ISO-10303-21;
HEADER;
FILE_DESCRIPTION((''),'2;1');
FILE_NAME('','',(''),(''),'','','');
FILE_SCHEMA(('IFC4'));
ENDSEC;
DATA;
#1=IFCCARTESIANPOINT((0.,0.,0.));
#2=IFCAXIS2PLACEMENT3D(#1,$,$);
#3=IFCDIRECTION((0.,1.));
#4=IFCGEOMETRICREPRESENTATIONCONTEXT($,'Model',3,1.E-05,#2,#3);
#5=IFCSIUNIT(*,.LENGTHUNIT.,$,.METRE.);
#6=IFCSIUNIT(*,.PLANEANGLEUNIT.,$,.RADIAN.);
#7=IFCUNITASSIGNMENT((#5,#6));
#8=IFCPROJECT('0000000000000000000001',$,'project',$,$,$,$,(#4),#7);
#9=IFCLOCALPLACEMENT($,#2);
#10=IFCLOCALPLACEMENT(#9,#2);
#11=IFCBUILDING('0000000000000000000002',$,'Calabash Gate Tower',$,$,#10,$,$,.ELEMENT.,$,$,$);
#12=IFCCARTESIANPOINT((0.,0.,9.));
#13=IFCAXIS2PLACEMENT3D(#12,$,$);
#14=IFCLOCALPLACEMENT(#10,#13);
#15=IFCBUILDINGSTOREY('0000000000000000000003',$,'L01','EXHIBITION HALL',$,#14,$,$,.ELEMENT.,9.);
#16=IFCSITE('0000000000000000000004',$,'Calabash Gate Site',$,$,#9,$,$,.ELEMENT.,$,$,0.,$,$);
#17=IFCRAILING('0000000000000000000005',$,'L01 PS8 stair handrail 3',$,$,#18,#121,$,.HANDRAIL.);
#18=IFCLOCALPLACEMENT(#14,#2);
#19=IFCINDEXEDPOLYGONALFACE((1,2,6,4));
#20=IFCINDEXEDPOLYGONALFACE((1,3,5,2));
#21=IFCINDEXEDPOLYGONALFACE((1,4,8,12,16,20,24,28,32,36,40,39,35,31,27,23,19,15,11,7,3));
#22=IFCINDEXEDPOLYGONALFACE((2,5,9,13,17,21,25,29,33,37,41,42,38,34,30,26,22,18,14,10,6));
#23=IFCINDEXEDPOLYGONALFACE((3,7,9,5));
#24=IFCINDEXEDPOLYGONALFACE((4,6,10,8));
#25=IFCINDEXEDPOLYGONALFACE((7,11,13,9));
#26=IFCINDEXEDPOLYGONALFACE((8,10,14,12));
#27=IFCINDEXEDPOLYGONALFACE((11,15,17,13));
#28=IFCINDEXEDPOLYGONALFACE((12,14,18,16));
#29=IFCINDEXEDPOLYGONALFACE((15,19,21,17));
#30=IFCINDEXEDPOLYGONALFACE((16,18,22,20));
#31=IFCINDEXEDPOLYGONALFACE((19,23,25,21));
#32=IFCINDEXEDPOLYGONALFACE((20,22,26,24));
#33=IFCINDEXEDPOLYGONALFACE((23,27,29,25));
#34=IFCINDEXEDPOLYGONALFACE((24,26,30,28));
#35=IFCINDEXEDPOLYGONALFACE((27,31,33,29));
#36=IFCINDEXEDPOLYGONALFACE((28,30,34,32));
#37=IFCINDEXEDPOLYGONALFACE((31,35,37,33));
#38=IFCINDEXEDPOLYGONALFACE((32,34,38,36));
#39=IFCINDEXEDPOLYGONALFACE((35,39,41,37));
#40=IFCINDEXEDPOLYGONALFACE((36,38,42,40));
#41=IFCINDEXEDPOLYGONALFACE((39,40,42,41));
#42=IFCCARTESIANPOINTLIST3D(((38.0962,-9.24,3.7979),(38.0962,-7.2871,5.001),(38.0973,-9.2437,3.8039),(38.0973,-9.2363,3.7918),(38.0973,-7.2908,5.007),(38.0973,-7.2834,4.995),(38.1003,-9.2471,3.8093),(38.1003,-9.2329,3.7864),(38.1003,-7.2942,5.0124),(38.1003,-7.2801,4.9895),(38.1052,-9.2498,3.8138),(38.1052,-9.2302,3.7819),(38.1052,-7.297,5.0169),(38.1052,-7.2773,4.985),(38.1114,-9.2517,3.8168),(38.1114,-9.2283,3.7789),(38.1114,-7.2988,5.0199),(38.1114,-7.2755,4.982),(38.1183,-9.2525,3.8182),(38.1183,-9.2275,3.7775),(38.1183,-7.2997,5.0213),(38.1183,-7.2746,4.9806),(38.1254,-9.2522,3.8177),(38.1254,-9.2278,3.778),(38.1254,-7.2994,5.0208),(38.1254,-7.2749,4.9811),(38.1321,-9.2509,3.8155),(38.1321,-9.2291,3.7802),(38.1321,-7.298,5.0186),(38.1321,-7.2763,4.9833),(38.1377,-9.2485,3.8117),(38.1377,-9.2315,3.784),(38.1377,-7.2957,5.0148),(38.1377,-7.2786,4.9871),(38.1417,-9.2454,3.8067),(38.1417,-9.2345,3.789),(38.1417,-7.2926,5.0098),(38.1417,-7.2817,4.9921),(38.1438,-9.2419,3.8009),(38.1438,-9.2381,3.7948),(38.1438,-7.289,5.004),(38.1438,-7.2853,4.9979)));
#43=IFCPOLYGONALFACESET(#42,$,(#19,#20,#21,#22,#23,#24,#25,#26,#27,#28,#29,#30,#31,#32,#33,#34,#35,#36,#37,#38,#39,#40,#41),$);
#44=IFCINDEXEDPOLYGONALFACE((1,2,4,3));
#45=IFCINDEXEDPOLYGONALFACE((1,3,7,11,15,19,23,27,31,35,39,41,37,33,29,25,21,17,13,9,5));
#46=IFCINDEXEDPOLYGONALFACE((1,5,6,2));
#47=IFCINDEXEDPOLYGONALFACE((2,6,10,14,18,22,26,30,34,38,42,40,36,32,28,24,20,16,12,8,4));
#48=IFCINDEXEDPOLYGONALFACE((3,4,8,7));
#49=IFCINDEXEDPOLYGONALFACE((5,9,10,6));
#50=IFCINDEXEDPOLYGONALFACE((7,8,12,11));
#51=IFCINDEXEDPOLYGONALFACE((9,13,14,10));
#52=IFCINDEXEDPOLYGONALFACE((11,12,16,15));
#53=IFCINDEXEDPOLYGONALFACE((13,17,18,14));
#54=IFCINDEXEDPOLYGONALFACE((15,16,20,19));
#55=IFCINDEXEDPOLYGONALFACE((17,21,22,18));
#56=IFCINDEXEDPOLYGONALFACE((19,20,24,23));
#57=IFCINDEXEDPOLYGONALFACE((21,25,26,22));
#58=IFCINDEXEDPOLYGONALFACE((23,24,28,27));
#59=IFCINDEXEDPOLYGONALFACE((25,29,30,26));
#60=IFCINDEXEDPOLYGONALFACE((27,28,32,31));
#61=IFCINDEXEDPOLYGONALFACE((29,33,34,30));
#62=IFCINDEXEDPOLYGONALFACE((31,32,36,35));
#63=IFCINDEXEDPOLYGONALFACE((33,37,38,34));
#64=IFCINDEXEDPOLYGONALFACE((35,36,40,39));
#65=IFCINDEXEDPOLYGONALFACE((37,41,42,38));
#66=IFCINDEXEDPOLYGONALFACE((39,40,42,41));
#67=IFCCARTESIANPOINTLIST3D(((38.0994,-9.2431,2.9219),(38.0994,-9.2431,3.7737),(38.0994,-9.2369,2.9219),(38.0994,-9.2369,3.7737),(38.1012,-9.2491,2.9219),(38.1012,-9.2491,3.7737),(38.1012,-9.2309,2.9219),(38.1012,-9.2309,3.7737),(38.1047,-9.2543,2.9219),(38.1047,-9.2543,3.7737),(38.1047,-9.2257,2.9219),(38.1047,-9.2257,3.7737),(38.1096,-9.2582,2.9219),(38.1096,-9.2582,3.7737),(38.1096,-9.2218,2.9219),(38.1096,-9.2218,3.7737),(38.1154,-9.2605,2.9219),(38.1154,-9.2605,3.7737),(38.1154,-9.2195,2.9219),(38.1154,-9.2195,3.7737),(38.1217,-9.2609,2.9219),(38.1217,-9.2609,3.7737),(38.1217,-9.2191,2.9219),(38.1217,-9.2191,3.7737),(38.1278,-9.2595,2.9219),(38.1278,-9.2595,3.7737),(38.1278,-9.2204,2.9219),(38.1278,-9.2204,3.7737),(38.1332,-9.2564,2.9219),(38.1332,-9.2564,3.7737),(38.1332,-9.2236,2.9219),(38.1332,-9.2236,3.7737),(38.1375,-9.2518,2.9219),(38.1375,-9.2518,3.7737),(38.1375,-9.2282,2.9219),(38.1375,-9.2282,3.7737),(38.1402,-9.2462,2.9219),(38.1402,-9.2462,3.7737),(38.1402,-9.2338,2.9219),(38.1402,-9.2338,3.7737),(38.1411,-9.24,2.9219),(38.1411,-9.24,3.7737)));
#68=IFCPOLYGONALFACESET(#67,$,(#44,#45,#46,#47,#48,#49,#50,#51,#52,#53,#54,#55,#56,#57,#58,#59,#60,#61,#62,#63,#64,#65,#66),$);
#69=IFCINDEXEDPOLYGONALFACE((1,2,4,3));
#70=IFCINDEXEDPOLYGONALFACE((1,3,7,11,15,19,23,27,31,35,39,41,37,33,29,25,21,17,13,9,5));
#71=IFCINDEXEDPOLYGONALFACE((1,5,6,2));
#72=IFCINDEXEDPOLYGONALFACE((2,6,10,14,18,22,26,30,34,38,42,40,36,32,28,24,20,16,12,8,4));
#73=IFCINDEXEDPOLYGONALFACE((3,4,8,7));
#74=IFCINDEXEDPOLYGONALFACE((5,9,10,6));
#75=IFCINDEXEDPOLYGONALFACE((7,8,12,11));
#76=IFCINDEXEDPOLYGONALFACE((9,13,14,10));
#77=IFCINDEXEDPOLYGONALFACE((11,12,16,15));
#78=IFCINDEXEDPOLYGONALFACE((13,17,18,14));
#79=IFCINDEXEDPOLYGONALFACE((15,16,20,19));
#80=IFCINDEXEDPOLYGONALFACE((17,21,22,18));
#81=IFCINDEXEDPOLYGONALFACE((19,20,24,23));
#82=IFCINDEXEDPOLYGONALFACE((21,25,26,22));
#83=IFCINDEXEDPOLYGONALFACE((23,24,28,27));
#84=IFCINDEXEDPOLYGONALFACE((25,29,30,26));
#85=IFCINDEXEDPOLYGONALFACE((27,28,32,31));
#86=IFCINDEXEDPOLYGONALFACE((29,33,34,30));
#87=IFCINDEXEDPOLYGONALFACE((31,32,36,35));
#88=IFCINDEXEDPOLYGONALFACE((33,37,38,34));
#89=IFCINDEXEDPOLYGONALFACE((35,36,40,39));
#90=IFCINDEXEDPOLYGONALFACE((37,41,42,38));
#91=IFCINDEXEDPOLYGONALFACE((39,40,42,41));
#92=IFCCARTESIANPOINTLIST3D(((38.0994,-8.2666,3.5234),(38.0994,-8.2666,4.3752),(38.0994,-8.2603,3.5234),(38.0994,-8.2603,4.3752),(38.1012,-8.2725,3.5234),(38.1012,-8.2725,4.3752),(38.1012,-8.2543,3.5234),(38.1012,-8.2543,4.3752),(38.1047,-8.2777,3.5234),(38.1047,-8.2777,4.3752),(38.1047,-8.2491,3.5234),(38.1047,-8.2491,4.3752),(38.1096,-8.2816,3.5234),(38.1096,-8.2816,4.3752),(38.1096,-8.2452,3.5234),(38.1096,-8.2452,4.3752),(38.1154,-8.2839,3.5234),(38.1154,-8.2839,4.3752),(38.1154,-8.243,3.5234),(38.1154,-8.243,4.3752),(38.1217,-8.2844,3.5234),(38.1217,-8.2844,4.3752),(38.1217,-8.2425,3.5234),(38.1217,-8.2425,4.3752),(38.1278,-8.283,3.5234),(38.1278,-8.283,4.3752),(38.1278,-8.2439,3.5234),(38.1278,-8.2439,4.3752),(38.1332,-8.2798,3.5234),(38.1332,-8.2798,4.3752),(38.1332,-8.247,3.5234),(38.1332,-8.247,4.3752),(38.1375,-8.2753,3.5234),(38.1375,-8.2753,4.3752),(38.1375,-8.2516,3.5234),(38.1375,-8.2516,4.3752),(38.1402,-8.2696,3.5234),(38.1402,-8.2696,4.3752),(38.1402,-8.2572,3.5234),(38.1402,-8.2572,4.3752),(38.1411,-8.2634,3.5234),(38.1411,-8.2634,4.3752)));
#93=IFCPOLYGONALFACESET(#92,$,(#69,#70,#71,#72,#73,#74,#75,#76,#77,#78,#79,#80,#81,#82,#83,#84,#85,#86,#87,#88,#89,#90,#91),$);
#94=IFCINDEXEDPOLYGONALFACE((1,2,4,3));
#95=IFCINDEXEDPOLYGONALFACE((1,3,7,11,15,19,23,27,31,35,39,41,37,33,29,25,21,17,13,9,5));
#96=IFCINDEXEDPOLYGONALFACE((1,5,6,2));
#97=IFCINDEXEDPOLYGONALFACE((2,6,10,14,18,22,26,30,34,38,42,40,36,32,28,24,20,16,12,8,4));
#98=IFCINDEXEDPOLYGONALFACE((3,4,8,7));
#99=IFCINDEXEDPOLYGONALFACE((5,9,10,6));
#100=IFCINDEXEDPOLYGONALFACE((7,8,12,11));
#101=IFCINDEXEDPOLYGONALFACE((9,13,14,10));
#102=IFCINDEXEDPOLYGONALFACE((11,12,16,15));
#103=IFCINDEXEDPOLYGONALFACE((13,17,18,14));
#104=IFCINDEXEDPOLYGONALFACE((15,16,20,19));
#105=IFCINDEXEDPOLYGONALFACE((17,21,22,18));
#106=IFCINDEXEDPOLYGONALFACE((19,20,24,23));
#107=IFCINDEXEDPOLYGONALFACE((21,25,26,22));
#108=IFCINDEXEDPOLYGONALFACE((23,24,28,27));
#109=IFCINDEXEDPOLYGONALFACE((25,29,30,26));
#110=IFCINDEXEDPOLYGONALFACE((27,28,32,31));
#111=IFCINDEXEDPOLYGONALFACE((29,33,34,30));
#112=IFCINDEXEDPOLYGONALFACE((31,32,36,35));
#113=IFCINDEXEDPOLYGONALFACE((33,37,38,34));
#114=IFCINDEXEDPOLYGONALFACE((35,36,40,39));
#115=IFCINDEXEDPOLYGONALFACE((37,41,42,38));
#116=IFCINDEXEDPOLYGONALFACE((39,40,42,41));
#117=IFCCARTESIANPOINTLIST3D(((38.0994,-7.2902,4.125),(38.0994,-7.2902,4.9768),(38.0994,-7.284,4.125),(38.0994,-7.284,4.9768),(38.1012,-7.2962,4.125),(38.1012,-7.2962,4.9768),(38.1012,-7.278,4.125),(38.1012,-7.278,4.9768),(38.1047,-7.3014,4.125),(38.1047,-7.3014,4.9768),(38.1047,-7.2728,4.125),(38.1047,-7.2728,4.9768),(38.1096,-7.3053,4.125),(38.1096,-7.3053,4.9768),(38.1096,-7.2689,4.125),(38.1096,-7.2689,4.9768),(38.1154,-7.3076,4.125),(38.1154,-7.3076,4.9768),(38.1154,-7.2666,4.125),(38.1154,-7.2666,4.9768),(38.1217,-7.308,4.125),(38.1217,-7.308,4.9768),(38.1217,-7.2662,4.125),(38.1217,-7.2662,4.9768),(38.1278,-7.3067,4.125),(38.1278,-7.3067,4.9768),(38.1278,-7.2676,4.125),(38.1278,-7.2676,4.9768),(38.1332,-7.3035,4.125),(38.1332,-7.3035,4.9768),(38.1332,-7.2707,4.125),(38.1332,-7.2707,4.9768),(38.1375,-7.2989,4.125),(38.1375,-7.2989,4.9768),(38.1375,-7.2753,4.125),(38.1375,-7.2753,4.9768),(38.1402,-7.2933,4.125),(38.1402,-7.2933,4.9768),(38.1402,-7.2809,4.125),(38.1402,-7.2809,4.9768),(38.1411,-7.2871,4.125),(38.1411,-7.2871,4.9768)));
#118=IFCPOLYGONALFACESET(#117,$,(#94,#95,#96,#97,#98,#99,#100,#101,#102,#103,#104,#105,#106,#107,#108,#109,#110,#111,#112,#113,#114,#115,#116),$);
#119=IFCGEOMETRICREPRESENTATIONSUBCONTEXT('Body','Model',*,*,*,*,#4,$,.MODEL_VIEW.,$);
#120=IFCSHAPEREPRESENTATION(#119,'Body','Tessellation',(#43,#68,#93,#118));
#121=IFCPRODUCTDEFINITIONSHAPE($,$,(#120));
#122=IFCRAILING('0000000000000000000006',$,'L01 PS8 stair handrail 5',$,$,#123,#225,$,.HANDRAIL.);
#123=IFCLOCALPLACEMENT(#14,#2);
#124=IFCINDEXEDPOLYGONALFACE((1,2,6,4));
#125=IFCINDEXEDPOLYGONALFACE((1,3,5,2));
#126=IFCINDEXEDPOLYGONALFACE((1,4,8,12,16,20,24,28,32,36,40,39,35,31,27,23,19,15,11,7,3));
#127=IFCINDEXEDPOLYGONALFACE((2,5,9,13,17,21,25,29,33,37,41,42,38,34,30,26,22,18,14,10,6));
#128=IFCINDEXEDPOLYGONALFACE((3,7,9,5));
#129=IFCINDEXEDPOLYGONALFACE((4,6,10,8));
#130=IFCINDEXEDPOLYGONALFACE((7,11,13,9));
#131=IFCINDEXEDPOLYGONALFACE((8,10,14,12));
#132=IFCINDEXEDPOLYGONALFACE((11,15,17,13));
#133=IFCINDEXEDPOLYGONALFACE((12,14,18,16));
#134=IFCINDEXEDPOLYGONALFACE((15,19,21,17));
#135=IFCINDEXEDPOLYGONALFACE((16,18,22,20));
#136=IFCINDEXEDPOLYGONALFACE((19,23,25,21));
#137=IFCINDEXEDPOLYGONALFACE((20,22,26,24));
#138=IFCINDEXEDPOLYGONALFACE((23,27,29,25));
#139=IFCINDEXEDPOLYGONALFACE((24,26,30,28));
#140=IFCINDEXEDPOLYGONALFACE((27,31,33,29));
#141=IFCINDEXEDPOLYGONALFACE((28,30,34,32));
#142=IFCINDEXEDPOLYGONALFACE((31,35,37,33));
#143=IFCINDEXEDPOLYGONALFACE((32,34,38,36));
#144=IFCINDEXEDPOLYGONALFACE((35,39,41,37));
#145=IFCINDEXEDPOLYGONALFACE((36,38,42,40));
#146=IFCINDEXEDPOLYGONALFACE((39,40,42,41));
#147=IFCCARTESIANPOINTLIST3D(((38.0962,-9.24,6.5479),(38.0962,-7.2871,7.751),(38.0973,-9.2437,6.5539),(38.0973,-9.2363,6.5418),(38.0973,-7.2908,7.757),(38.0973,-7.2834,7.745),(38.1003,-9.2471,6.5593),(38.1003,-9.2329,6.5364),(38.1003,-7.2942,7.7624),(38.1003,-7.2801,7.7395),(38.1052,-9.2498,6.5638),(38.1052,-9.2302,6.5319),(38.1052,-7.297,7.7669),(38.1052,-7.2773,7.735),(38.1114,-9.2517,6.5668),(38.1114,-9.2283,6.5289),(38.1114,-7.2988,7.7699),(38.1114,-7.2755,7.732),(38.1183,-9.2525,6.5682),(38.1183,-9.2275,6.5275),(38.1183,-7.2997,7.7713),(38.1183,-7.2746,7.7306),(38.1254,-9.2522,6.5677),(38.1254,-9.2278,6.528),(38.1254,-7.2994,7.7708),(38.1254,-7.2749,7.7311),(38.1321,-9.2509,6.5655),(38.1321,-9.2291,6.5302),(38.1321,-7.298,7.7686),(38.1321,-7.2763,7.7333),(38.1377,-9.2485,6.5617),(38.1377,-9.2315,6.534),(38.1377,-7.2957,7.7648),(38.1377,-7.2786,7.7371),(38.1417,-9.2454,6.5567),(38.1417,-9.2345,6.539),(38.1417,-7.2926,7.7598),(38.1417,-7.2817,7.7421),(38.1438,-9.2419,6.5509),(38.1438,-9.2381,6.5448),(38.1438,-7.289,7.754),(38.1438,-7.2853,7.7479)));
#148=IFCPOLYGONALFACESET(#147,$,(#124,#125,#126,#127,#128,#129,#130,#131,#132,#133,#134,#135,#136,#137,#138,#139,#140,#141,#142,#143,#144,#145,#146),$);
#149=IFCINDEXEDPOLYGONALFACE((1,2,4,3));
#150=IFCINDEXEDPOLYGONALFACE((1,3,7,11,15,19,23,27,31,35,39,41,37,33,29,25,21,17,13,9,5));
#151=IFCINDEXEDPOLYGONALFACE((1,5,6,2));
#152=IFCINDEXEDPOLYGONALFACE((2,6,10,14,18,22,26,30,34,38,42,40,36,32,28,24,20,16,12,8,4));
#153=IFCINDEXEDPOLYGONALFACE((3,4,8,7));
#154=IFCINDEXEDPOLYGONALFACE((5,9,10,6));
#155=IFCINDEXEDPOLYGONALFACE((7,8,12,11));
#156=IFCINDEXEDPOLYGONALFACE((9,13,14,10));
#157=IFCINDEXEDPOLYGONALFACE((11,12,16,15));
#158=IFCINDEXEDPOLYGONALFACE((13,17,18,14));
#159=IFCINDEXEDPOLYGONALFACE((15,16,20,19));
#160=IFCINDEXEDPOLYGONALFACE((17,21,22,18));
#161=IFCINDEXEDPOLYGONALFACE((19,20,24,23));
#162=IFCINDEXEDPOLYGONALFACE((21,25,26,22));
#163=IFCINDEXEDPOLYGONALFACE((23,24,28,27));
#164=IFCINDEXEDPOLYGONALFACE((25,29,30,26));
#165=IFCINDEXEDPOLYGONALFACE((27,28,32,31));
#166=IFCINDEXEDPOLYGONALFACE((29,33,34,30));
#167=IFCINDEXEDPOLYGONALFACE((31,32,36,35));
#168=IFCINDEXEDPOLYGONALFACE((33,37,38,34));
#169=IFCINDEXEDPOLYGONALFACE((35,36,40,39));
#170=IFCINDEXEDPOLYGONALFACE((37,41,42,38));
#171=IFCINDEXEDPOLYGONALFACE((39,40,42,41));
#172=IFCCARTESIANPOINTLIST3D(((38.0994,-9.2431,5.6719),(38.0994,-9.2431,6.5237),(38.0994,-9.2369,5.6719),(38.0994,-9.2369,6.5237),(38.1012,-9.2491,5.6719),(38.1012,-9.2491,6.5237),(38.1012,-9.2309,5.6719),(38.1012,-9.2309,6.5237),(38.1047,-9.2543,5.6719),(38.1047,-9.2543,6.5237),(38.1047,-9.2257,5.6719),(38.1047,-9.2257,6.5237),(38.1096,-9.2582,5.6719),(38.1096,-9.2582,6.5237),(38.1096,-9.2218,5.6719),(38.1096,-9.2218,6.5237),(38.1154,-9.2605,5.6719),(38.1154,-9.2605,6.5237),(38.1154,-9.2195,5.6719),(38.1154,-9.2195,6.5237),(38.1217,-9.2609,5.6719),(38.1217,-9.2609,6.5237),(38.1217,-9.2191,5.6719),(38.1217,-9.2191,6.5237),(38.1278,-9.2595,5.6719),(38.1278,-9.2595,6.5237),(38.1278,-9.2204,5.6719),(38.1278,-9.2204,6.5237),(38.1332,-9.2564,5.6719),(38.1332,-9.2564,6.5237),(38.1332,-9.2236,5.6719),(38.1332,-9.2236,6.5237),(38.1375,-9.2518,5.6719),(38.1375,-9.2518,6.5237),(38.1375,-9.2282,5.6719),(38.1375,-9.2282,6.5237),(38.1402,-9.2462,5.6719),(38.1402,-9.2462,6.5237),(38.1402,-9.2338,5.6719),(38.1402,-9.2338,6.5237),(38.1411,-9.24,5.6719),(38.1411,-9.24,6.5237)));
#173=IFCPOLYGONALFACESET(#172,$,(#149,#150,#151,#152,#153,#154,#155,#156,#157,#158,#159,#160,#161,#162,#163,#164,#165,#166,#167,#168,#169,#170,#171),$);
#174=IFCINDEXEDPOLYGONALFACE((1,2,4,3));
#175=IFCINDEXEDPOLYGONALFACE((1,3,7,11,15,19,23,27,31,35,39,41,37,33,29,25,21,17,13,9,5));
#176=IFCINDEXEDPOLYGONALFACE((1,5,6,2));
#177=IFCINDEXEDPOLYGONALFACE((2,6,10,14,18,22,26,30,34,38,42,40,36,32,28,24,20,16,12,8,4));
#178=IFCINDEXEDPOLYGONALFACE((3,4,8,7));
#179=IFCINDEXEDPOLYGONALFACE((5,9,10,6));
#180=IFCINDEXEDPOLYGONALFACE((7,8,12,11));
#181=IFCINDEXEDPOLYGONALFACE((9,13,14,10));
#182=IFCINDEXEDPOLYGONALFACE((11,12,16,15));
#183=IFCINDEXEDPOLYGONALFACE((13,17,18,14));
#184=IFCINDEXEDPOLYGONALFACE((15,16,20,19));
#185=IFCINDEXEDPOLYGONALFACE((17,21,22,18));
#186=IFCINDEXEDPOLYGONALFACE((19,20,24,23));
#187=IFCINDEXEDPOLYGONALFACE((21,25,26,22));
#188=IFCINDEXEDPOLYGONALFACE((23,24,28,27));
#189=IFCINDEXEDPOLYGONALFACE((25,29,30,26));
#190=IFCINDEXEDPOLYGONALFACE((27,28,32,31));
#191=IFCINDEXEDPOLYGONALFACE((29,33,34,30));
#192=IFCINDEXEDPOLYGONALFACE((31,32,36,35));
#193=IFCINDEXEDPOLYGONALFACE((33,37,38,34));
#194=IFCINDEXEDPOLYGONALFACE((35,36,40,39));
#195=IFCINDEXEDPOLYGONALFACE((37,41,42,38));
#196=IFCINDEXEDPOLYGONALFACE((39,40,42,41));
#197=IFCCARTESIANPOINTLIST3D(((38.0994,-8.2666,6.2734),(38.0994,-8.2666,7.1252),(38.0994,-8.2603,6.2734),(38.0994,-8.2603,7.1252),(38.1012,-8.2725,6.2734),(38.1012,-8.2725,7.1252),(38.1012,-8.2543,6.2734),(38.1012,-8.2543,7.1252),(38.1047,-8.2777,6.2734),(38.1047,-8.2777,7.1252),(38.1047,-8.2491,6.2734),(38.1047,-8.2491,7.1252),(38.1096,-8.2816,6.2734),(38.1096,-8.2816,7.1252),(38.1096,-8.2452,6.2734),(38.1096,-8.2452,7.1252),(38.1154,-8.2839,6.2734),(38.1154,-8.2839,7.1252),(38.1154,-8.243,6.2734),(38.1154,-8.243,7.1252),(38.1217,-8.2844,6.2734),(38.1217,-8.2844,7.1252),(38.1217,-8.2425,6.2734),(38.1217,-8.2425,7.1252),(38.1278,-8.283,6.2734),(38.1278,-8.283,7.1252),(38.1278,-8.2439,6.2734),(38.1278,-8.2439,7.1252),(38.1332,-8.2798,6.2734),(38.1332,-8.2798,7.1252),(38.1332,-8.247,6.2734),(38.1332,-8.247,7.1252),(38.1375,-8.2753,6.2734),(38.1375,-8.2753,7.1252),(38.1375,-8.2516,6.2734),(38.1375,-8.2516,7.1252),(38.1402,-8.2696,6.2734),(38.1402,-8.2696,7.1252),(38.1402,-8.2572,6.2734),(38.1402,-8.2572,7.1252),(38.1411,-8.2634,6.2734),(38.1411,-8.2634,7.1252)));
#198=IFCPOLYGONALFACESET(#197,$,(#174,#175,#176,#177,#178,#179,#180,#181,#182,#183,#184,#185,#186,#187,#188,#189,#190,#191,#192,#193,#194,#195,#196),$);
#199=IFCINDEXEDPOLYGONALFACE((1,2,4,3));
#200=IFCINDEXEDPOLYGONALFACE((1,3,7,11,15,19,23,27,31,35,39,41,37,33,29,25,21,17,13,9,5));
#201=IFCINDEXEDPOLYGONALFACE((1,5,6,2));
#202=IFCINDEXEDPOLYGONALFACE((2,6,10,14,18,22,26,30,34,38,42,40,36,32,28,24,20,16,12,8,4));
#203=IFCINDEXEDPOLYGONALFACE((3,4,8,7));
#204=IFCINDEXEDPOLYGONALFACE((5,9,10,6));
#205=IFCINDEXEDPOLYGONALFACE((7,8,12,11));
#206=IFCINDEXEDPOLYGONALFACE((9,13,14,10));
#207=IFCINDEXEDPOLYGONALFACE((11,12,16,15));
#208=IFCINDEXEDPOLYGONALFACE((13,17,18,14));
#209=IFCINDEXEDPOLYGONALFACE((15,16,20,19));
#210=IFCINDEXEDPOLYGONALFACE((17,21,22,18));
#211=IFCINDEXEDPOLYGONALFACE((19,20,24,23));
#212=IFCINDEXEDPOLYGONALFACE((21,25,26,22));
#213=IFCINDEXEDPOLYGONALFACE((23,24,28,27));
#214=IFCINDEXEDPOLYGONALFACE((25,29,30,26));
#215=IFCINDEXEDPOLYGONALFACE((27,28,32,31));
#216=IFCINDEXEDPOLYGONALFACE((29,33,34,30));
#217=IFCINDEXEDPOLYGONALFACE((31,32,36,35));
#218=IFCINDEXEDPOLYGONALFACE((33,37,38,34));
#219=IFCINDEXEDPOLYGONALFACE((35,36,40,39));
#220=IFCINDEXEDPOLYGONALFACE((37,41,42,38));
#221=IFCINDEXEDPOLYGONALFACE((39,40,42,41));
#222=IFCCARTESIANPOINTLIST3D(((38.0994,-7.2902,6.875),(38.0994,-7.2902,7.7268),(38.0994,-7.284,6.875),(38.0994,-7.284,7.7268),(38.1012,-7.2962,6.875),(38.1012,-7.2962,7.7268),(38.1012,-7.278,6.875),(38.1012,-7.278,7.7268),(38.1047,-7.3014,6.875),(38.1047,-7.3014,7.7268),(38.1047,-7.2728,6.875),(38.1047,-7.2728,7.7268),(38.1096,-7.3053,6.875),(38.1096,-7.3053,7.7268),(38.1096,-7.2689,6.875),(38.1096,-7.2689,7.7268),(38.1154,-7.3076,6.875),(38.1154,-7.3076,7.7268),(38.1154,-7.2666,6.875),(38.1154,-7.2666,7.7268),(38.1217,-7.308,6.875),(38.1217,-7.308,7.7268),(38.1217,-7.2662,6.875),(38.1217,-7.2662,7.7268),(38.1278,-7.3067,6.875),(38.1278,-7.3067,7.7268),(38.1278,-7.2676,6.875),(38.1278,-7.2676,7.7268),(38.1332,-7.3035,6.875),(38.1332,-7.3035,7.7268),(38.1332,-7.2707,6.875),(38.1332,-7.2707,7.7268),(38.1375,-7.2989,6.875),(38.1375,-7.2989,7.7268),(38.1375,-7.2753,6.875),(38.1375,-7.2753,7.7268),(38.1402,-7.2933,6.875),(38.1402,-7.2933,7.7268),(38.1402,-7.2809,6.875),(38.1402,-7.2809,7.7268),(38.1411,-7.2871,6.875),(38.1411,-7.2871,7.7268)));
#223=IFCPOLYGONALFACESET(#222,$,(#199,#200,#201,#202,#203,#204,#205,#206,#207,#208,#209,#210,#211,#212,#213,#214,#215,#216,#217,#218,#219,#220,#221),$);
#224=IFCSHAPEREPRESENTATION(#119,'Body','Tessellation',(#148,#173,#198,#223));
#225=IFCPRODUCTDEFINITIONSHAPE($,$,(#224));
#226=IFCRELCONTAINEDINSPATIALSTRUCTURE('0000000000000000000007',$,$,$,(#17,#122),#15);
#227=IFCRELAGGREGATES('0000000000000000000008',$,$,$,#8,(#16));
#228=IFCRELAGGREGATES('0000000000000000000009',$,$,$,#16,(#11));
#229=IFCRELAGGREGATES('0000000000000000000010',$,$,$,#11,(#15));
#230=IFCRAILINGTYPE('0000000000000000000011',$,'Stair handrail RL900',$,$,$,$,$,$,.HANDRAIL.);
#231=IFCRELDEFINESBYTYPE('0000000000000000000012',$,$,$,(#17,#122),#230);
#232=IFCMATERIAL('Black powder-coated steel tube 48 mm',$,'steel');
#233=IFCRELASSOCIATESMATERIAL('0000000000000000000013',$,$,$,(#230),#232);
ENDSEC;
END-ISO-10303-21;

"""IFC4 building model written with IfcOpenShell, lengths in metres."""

from ifc_helpers import new_model, si_unit, direction, frame, origin, origin_2d, place, context, subcontext, project, spatial, circle, extrude, material, type_object, element, save


model = new_model("IFC4")

# Units and contexts
model_context = context("Model", 3, precision=1e-05, world=origin(), true_north=direction((0.0, 1.0)))
body_context = subcontext(model_context, "Body", "Model", "MODEL_VIEW")
ifc_project = project(units=[si_unit("LENGTHUNIT", "METRE"), si_unit("PLANEANGLEUNIT", "RADIAN")], contexts=[model_context])

# Site, building, storey
site_placement = place(None, origin())
site = spatial("IfcSite", under=ifc_project, at=site_placement, Name="Calabash Gate Site", CompositionType="ELEMENT", RefElevation=0.0)
building_placement = place(site_placement, origin())
building = spatial("IfcBuilding", under=site, at=building_placement, Name="Calabash Gate Tower", CompositionType="ELEMENT")
storey_placement = place(building_placement, frame((0.0, 0.0, 9.0)))
storey = spatial("IfcBuildingStorey", under=building, at=storey_placement, Name="L01", Description="EXHIBITION HALL", CompositionType="ELEMENT", Elevation=9.0)

# Railings
ifc_material_1 = material(Name="Black powder-coated steel tube 48 mm", Category="steel")
railing_type_1 = type_object("IfcRailingType", Name="Stair handrail RL900", PredefinedType="HANDRAIL", material=ifc_material_1)
for number, where, name in (
    (1, (38.1201, -9.24, 2.9219), "L01 PS8 stair handrail 3"),
    (2, (38.1201, -9.24, 5.6719), "L01 PS8 stair handrail 5"),
):
    element("IfcRailing", number, at=place(storey_placement, frame(where)), inside=storey, type_object=railing_type_1, Name=name, PredefinedType="HANDRAIL", context=body_context, shape_type="SweptSolid", body=[
        extrude(circle(Radius=0.0239, at=origin_2d()), frame((0.0, 0.0, 0.876), z_axis=(0.0, 0.851395, 0.524525), x_axis=(-1.0, 0.0, 0.0)), (0.0, 0.0, 1.0), 2.2937),
        extrude(circle(Radius=0.021, at=origin_2d()), origin(), (0.0, 0.0, 1.0), 0.8518),
        extrude(circle(Radius=0.021, at=origin_2d()), frame((0.0, 0.9766, 0.6016)), (0.0, 0.0, 1.0), 0.8518),
        extrude(circle(Radius=0.021, at=origin_2d()), frame((0.0, 1.9529, 1.2031)), (0.0, 0.0, 1.0), 0.8518),
    ])

save(model, "model.ifc")
